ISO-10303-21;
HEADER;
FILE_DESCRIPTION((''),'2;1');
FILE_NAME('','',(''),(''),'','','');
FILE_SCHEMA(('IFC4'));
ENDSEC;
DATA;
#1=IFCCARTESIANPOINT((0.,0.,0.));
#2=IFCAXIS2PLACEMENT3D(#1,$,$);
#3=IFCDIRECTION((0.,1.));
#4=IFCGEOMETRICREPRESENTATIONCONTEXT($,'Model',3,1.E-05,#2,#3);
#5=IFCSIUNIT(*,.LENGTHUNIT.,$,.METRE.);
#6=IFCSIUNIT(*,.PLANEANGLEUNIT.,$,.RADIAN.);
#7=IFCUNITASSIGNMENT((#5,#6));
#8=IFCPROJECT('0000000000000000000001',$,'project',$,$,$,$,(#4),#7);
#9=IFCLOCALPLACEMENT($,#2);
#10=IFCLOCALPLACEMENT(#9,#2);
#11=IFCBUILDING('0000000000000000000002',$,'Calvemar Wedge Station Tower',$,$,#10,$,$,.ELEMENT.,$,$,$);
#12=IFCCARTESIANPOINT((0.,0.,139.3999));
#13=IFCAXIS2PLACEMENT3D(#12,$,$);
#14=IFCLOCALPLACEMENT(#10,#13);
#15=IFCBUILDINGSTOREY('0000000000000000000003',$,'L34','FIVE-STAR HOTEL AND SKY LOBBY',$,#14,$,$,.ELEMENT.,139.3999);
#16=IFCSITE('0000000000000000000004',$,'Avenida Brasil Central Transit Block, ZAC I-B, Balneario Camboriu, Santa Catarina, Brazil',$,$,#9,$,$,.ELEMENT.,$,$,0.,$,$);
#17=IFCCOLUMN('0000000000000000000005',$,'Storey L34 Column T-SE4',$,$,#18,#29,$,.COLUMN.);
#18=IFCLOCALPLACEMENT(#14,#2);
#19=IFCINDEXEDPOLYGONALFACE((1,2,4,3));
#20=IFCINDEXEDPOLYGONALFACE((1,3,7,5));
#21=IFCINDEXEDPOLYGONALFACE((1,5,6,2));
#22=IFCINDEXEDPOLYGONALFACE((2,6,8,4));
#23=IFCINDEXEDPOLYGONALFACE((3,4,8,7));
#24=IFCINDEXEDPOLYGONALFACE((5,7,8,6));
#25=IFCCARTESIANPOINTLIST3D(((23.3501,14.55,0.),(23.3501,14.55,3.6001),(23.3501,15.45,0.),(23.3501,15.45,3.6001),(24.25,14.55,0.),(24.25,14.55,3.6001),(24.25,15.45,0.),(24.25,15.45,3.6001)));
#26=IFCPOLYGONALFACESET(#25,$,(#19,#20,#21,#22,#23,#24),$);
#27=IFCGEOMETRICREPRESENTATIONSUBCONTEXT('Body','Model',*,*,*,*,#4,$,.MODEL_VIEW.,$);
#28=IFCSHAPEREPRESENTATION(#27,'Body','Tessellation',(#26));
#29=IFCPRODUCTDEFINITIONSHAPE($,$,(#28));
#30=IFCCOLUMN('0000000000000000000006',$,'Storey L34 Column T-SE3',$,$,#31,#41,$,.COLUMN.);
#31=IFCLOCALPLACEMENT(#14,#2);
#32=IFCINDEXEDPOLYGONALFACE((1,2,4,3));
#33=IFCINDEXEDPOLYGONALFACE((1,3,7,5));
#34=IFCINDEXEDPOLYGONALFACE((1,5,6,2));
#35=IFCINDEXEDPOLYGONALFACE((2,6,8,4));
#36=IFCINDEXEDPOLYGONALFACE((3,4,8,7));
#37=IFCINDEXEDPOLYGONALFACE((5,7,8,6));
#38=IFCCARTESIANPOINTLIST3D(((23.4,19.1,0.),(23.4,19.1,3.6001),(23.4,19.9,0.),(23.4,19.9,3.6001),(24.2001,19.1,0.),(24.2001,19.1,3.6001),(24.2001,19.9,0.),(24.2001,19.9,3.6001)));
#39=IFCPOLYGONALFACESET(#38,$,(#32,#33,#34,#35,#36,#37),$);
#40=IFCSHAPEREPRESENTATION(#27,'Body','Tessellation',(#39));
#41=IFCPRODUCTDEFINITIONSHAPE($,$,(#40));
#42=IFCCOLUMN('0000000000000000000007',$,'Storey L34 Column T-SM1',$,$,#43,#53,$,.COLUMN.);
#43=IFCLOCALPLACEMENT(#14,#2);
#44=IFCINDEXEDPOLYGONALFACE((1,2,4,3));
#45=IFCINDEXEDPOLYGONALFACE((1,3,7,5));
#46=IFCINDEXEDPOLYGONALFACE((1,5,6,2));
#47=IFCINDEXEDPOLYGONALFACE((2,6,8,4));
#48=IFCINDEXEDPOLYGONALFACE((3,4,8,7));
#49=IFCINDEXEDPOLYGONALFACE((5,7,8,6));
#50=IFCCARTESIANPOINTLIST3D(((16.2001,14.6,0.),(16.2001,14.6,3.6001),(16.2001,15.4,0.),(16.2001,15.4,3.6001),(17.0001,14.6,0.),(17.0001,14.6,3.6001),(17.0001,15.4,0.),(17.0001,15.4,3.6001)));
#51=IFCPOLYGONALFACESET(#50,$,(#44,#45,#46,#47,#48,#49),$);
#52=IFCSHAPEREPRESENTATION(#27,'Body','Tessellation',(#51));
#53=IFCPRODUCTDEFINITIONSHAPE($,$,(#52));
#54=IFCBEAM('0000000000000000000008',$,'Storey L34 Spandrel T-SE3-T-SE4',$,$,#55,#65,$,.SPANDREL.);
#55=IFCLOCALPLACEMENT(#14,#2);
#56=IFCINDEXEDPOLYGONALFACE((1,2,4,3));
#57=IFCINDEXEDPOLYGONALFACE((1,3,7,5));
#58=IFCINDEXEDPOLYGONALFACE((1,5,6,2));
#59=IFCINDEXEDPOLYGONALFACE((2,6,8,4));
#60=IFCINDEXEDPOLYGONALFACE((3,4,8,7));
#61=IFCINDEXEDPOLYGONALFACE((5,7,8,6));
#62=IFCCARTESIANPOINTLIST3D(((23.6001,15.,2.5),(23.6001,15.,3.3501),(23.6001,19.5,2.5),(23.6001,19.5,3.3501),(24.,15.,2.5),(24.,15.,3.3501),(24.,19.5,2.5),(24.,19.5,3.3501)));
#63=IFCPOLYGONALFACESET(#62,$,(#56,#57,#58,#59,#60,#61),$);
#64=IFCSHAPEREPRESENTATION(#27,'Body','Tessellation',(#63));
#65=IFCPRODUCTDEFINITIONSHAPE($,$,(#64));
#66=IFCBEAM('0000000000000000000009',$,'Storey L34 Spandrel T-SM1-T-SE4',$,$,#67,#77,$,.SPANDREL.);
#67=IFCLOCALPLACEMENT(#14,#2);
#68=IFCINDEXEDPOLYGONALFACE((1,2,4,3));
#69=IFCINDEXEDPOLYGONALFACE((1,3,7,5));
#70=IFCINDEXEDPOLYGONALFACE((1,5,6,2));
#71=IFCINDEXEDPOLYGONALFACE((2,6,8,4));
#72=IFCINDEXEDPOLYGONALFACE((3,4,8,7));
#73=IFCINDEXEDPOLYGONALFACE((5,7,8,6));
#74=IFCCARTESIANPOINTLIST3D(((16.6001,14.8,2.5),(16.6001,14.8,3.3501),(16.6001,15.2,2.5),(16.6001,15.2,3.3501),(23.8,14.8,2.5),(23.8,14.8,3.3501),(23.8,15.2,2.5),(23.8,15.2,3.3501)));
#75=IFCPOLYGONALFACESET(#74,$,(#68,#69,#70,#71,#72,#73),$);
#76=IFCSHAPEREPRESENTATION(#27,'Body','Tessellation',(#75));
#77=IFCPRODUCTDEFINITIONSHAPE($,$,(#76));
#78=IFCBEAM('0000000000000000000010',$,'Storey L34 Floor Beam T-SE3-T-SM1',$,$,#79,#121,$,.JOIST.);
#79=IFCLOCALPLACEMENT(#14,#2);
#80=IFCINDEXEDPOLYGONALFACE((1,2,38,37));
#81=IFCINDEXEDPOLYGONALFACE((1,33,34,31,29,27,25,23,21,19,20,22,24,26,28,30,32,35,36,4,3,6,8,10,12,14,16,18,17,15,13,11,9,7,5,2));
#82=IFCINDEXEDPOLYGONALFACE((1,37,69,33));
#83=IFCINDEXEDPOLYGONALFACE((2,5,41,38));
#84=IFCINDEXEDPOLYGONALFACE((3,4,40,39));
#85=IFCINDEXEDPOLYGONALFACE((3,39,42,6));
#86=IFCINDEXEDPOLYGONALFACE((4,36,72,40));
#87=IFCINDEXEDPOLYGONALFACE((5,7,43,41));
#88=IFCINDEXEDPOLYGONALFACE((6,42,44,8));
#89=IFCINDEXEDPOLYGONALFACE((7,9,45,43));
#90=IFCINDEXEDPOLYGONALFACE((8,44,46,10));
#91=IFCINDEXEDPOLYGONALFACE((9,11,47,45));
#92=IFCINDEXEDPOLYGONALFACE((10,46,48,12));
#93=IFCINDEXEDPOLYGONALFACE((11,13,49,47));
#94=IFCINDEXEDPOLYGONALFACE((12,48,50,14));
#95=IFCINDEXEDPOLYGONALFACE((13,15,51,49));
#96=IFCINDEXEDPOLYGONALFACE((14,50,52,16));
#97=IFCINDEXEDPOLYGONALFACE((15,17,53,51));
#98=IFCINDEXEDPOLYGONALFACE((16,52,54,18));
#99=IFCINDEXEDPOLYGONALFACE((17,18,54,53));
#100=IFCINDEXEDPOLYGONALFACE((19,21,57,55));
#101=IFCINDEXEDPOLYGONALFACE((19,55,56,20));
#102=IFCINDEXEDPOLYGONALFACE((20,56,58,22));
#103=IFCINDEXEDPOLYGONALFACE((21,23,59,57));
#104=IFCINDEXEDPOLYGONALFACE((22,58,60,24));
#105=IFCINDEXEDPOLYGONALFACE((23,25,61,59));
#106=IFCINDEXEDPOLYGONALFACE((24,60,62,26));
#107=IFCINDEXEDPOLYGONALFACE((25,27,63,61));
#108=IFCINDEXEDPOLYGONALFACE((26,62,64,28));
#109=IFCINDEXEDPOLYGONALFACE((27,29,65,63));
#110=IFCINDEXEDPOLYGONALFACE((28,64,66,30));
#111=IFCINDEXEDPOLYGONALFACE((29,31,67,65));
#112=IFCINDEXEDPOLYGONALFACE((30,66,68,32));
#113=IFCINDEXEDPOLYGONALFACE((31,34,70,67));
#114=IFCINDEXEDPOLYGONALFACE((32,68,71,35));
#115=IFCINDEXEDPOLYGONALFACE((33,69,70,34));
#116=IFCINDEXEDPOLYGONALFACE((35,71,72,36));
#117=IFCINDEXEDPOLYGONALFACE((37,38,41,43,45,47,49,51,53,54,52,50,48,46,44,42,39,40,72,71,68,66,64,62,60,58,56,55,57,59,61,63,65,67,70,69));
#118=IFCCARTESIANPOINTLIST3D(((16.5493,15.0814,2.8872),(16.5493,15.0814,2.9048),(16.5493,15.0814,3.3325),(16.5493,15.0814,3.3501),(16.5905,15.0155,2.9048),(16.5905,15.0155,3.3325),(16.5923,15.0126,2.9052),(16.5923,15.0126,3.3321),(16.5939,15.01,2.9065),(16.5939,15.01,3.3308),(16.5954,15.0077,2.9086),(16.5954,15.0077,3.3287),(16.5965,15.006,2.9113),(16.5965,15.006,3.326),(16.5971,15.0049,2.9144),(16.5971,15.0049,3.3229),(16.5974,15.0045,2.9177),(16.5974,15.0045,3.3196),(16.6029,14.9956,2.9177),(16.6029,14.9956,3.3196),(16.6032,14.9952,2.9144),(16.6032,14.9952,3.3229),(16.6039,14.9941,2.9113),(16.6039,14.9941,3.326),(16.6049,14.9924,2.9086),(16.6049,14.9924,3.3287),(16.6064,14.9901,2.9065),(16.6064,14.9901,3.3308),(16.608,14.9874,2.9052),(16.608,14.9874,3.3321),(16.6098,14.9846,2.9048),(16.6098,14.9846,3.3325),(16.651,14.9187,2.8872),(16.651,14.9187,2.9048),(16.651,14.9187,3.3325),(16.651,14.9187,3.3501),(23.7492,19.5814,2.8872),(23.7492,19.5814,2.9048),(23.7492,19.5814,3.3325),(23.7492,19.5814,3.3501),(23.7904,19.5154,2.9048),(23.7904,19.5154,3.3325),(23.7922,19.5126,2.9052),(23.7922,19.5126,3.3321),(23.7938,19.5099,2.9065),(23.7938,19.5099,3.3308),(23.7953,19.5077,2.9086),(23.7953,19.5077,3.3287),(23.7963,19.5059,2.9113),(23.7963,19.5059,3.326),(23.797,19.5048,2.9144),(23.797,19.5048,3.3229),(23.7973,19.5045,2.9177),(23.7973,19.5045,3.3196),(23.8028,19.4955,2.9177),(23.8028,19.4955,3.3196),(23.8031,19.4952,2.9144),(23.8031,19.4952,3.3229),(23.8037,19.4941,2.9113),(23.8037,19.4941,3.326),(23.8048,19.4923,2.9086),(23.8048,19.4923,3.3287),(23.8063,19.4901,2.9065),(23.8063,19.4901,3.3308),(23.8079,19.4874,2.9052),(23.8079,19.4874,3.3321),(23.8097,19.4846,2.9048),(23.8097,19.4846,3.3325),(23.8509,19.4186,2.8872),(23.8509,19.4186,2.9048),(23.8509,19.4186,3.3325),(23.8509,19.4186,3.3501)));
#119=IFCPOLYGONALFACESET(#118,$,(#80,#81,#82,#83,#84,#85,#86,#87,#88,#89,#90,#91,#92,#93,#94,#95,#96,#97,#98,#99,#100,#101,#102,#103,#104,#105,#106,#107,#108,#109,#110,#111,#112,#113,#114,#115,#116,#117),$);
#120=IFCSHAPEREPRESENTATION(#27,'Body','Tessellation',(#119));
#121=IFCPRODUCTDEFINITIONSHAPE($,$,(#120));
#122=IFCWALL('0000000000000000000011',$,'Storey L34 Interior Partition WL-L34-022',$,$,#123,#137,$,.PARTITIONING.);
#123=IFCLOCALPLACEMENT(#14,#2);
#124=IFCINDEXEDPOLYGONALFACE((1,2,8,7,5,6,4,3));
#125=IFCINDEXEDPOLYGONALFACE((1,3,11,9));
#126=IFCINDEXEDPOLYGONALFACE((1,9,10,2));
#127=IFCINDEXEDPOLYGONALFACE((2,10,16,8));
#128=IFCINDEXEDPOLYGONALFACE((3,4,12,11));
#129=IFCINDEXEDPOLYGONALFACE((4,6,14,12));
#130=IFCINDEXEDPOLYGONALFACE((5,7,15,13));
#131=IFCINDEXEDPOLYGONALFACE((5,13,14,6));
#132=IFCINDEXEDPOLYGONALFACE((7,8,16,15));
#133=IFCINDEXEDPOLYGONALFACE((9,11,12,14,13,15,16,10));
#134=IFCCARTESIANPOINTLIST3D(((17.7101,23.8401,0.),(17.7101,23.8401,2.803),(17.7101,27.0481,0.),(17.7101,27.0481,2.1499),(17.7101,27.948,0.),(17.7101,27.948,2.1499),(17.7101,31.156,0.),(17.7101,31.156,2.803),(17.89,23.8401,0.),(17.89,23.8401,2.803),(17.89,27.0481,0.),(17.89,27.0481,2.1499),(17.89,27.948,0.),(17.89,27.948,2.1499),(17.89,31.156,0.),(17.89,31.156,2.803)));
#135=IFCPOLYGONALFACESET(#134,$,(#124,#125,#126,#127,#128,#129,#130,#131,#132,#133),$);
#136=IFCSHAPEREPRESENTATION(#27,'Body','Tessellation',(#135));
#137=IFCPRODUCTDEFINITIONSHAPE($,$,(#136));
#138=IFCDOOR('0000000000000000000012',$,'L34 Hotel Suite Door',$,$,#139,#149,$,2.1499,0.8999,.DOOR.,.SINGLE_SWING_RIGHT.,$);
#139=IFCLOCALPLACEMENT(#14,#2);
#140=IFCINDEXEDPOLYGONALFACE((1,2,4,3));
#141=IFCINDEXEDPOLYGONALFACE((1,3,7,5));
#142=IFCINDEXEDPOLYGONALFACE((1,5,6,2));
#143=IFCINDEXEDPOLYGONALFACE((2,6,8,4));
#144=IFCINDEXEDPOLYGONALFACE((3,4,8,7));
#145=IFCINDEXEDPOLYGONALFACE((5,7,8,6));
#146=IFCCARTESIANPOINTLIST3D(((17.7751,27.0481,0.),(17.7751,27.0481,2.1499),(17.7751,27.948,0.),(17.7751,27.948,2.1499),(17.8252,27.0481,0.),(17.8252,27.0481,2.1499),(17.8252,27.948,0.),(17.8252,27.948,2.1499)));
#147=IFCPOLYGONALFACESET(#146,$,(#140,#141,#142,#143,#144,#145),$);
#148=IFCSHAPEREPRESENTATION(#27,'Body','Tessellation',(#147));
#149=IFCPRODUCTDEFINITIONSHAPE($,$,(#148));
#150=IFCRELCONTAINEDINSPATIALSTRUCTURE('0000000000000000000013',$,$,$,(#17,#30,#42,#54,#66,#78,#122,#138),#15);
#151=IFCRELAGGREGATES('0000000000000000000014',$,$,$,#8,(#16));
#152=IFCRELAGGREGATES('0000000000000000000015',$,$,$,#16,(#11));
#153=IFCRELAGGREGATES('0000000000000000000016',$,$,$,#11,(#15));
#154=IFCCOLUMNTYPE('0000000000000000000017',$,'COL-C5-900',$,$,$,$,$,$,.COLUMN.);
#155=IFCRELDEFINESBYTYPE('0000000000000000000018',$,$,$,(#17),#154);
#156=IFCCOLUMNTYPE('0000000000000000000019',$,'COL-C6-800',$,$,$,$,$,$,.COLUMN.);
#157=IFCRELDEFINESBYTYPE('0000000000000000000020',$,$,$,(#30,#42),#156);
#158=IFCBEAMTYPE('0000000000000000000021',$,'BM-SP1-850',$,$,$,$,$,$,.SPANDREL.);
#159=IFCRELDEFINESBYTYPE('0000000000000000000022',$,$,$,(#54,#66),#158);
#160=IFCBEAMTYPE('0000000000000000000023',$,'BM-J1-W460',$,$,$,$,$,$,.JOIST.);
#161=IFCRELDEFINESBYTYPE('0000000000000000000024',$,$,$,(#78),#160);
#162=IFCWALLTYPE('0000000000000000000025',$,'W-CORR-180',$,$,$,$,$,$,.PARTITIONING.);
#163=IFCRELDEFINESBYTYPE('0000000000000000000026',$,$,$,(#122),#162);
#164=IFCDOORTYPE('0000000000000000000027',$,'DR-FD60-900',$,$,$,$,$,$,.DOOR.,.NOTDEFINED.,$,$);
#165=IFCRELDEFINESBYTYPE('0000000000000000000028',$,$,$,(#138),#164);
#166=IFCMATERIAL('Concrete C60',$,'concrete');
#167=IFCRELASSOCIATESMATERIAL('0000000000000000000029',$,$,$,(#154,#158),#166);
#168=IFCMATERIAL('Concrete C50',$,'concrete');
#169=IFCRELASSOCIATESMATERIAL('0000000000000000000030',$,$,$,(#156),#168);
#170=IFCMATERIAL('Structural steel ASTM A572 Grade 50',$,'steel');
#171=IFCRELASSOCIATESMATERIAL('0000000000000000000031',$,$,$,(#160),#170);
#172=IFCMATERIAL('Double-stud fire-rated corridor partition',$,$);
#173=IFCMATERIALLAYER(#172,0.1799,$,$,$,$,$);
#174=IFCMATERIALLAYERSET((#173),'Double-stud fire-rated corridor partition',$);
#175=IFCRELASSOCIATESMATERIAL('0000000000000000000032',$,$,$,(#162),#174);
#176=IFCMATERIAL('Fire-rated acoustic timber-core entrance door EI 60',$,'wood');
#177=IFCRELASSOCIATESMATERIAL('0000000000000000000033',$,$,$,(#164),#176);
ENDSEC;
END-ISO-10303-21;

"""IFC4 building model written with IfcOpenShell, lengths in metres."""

from ifc_helpers import new_model, si_unit, direction, frame, frame_2d, origin, origin_2d, place, context, subcontext, project, spatial, rectangle, i_section, extrude, source, transform, mapped, material, layer, layer_set, material_profile, profile_set, type_object, element, fill, save


model = new_model("IFC4")

# Units and contexts
model_context = context("Model", 3, precision=1e-05, world=origin(), true_north=direction((0.0, 1.0)))
body_context = subcontext(model_context, "Body", "Model", "MODEL_VIEW")
ifc_project = project(units=[si_unit("LENGTHUNIT", "METRE"), si_unit("PLANEANGLEUNIT", "RADIAN")], contexts=[model_context])

# Site, building, storey
site_placement = place(None, origin())
site = spatial("IfcSite", under=ifc_project, at=site_placement, Name="Avenida Brasil Central Transit Block, ZAC I-B, Balneario Camboriu, Santa Catarina, Brazil", CompositionType="ELEMENT", RefElevation=0.0)
building_placement = place(site_placement, origin())
building = spatial("IfcBuilding", under=site, at=building_placement, Name="Calvemar Wedge Station Tower", CompositionType="ELEMENT")
storey_placement = place(building_placement, frame((0.0, 0.0, 139.3999)))
storey = spatial("IfcBuildingStorey", under=building, at=storey_placement, Name="L34", Description="FIVE-STAR HOTEL AND SKY LOBBY", CompositionType="ELEMENT", Elevation=139.3999)

# Columns
ifc_material_1 = material(Name="Concrete C60", Category="concrete")
ifc_material_profile_1 = material_profile(ifc_material_1, rectangle(XDim=0.8999, YDim=0.8999, at=origin_2d()), Name="RC900x900")
ifc_profile_set_1 = profile_set([ifc_material_profile_1], Name="Concrete C60")
column_type_1 = type_object("IfcColumnType", Name="COL-C5-900", PredefinedType="COLUMN", material=ifc_profile_set_1)
shared_shape_1 = source(origin(), body_context, "Body", "SweptSolid", [
    extrude(rectangle(XDim=0.8999, YDim=0.8999, at=origin_2d()), origin(), (0.0, 0.0, 1.0), 3.6001),
])
column_placement = place(storey_placement, frame((23.8, 15.0, 0.0), z_axis=(0.0, 0.0, 1.0), x_axis=(1.0, 0.0, 0.0)))
element("IfcColumn", 1, at=column_placement, inside=storey, type_object=column_type_1, Name="Storey L34 Column T-SE4", PredefinedType="COLUMN", context=body_context, shape_type="MappedRepresentation", body=[
    mapped(shared_shape_1, transform((0.0, 0.0, 0.0), scale=1.0)),
])
ifc_material_2 = material(Name="Concrete C50", Category="concrete")
ifc_material_profile_2 = material_profile(ifc_material_2, rectangle(XDim=0.8, YDim=0.8, at=origin_2d()), Name="RC800x800")
ifc_profile_set_2 = profile_set([ifc_material_profile_2], Name="Concrete C50")
column_type_2 = type_object("IfcColumnType", Name="COL-C6-800", PredefinedType="COLUMN", material=ifc_profile_set_2)
shared_shape_2 = source(origin(), body_context, "Body", "SweptSolid", [
    extrude(rectangle(XDim=0.8, YDim=0.8, at=origin_2d()), origin(), (0.0, 0.0, 1.0), 3.6001),
])
for number, where, z_axis, x_axis, name in (
    (2, (23.8, 19.5, 0.0), (0.0, 0.0, 1.0), (1.0, 0.0, 0.0), "Storey L34 Column T-SE3"),
    (3, (16.6001, 15.0, 0.0), (0.0, 0.0, 1.0), (1.0, 0.0, 0.0), "Storey L34 Column T-SM1"),
):
    element("IfcColumn", number, at=place(storey_placement, frame(where, z_axis=z_axis, x_axis=x_axis)), inside=storey, type_object=column_type_2, Name=name, PredefinedType="COLUMN", context=body_context, shape_type="MappedRepresentation", body=[
        mapped(shared_shape_2, transform((0.0, 0.0, 0.0), scale=1.0)),
    ])

# Beams
ifc_material_profile_3 = material_profile(ifc_material_1, rectangle(XDim=0.3999, YDim=0.8501, at=origin_2d()), Name="RC400x850")
ifc_profile_set_3 = profile_set([ifc_material_profile_3], Name="Concrete C60")
beam_type_1 = type_object("IfcBeamType", Name="BM-SP1-850", PredefinedType="SPANDREL", material=ifc_profile_set_3)
shared_shape_3 = source(origin(), body_context, "Body", "SweptSolid", [
    extrude(rectangle(XDim=0.3999, YDim=0.8501, at=origin_2d()), origin(), (0.0, 0.0, 1.0), 4.5),
])
beam_1_placement = place(storey_placement, frame((23.8, 19.5, 2.925), z_axis=(0.0, -1.0, 0.0), x_axis=(1.0, 0.0, 0.0)))
element("IfcBeam", 4, at=beam_1_placement, inside=storey, type_object=beam_type_1, Name="Storey L34 Spandrel T-SE3-T-SE4", PredefinedType="SPANDREL", context=body_context, shape_type="MappedRepresentation", body=[
    mapped(shared_shape_3, transform((0.0, 0.0, 0.0), scale=1.0)),
])
shared_shape_4 = source(origin(), body_context, "Body", "SweptSolid", [
    extrude(rectangle(XDim=0.3999, YDim=0.8501, at=origin_2d()), origin(), (0.0, 0.0, 1.0), 7.2),
])
beam_2_placement = place(storey_placement, frame((16.6001, 15.0, 2.925), z_axis=(1.0, 0.0, 0.0), x_axis=(0.0, 1.0, 0.0)))
element("IfcBeam", 5, at=beam_2_placement, inside=storey, type_object=beam_type_1, Name="Storey L34 Spandrel T-SM1-T-SE4", PredefinedType="SPANDREL", context=body_context, shape_type="MappedRepresentation", body=[
    mapped(shared_shape_4, transform((0.0, 0.0, 0.0), scale=1.0)),
])
ifc_material_3 = material(Name="Structural steel ASTM A572 Grade 50", Category="steel")
ifc_material_profile_4 = material_profile(ifc_material_3, i_section(OverallWidth=0.1919, OverallDepth=0.4629, WebThickness=0.0105, FlangeThickness=0.0176, FilletRadius=0.0129, at=origin_2d()), Name="W460x89")
ifc_profile_set_4 = profile_set([ifc_material_profile_4], Name="Structural steel ASTM A572 Grade 50")
beam_type_2 = type_object("IfcBeamType", Name="BM-J1-W460", PredefinedType="JOIST", material=ifc_profile_set_4)
shared_shape_5 = source(origin(), body_context, "Body", "SweptSolid", [
    extrude(i_section(OverallWidth=0.1919, OverallDepth=0.4629, WebThickness=0.0105, FlangeThickness=0.0176, FilletRadius=0.0129, at=origin_2d()), origin(), (0.0, 0.0, 1.0), 8.4905),
])
beam_3_placement = place(storey_placement, frame((23.8, 19.5, 3.1187), z_axis=(-0.847997, -0.530002, 0.0), x_axis=(0.530002, -0.847997, 0.0)))
element("IfcBeam", 6, at=beam_3_placement, inside=storey, type_object=beam_type_2, Name="Storey L34 Floor Beam T-SE3-T-SM1", PredefinedType="JOIST", context=body_context, shape_type="MappedRepresentation", body=[
    mapped(shared_shape_5, transform((0.0, 0.0, 0.0), scale=1.0)),
])

# Wall, opening, door
ifc_material_4 = material(Name="Double-stud fire-rated corridor partition")
ifc_layer_1 = layer(ifc_material_4, 0.1799)
ifc_layer_set_1 = layer_set([ifc_layer_1], Name="Double-stud fire-rated corridor partition")
wall_type_1 = type_object("IfcWallType", Name="W-CORR-180", PredefinedType="PARTITIONING", material=ifc_layer_set_1)
wall_1_placement = place(storey_placement, frame((17.8, 23.8401, 0.0), z_axis=(0.0, 0.0, 1.0), x_axis=(0.0, 1.0, 0.0)))
wall_1 = element("IfcWall", 7, at=wall_1_placement, inside=storey, type_object=wall_type_1, Name="Storey L34 Interior Partition WL-L34-022", PredefinedType="PARTITIONING", context=body_context, shape_type="SweptSolid", body=[
    extrude(rectangle(XDim=7.3159, YDim=0.1799, at=frame_2d((3.658, 0.0))), origin(), (0.0, 0.0, 1.0), 2.803),
])
shared_shape_6 = source(origin(), body_context, "Body", "SweptSolid", [
    extrude(rectangle(XDim=0.8999, YDim=2.1499, at=frame_2d((0.45, 1.075))), frame((0.0, 0.1001, 0.0), z_axis=(0.0, -1.0, 0.0), x_axis=(1.0, 0.0, 0.0)), (0.0, 0.0, 1.0), 0.2),
])
opening_1_placement = place(wall_1_placement, frame((3.208, 0.0, 0.0)))
opening_1 = element("IfcOpeningElement", 8, at=opening_1_placement, cuts=wall_1, PredefinedType="OPENING", context=body_context, shape_type="MappedRepresentation", body=[
    mapped(shared_shape_6, transform((0.0, 0.0, 0.0), scale=1.0)),
])
ifc_material_5 = material(Name="Fire-rated acoustic timber-core entrance door EI 60", Category="wood")
door_type_1 = type_object("IfcDoorType", Name="DR-FD60-900", OperationType="NOTDEFINED", PredefinedType="DOOR", material=ifc_material_5)
shared_shape_7 = source(origin(), body_context, "Body", "SweptSolid", [
    extrude(rectangle(XDim=0.8999, YDim=2.1499, at=frame_2d((0.45, 1.075))), frame((0.0, 0.0249, 0.0), z_axis=(0.0, -1.0, 0.0), x_axis=(1.0, 0.0, 0.0)), (0.0, 0.0, 1.0), 0.05),
])
door_1_placement = place(opening_1_placement, origin())
door_1 = element("IfcDoor", 9, at=door_1_placement, inside=storey, type_object=door_type_1, Name="L34 Hotel Suite Door", OperationType="SINGLE_SWING_RIGHT", OverallHeight=2.1499, OverallWidth=0.8999, PredefinedType="DOOR", context=body_context, shape_type="MappedRepresentation", body=[
    mapped(shared_shape_7, transform((0.0, 0.0, 0.0), scale=1.0)),
])
fill(opening_1, door_1)

save(model, "model.ifc")
